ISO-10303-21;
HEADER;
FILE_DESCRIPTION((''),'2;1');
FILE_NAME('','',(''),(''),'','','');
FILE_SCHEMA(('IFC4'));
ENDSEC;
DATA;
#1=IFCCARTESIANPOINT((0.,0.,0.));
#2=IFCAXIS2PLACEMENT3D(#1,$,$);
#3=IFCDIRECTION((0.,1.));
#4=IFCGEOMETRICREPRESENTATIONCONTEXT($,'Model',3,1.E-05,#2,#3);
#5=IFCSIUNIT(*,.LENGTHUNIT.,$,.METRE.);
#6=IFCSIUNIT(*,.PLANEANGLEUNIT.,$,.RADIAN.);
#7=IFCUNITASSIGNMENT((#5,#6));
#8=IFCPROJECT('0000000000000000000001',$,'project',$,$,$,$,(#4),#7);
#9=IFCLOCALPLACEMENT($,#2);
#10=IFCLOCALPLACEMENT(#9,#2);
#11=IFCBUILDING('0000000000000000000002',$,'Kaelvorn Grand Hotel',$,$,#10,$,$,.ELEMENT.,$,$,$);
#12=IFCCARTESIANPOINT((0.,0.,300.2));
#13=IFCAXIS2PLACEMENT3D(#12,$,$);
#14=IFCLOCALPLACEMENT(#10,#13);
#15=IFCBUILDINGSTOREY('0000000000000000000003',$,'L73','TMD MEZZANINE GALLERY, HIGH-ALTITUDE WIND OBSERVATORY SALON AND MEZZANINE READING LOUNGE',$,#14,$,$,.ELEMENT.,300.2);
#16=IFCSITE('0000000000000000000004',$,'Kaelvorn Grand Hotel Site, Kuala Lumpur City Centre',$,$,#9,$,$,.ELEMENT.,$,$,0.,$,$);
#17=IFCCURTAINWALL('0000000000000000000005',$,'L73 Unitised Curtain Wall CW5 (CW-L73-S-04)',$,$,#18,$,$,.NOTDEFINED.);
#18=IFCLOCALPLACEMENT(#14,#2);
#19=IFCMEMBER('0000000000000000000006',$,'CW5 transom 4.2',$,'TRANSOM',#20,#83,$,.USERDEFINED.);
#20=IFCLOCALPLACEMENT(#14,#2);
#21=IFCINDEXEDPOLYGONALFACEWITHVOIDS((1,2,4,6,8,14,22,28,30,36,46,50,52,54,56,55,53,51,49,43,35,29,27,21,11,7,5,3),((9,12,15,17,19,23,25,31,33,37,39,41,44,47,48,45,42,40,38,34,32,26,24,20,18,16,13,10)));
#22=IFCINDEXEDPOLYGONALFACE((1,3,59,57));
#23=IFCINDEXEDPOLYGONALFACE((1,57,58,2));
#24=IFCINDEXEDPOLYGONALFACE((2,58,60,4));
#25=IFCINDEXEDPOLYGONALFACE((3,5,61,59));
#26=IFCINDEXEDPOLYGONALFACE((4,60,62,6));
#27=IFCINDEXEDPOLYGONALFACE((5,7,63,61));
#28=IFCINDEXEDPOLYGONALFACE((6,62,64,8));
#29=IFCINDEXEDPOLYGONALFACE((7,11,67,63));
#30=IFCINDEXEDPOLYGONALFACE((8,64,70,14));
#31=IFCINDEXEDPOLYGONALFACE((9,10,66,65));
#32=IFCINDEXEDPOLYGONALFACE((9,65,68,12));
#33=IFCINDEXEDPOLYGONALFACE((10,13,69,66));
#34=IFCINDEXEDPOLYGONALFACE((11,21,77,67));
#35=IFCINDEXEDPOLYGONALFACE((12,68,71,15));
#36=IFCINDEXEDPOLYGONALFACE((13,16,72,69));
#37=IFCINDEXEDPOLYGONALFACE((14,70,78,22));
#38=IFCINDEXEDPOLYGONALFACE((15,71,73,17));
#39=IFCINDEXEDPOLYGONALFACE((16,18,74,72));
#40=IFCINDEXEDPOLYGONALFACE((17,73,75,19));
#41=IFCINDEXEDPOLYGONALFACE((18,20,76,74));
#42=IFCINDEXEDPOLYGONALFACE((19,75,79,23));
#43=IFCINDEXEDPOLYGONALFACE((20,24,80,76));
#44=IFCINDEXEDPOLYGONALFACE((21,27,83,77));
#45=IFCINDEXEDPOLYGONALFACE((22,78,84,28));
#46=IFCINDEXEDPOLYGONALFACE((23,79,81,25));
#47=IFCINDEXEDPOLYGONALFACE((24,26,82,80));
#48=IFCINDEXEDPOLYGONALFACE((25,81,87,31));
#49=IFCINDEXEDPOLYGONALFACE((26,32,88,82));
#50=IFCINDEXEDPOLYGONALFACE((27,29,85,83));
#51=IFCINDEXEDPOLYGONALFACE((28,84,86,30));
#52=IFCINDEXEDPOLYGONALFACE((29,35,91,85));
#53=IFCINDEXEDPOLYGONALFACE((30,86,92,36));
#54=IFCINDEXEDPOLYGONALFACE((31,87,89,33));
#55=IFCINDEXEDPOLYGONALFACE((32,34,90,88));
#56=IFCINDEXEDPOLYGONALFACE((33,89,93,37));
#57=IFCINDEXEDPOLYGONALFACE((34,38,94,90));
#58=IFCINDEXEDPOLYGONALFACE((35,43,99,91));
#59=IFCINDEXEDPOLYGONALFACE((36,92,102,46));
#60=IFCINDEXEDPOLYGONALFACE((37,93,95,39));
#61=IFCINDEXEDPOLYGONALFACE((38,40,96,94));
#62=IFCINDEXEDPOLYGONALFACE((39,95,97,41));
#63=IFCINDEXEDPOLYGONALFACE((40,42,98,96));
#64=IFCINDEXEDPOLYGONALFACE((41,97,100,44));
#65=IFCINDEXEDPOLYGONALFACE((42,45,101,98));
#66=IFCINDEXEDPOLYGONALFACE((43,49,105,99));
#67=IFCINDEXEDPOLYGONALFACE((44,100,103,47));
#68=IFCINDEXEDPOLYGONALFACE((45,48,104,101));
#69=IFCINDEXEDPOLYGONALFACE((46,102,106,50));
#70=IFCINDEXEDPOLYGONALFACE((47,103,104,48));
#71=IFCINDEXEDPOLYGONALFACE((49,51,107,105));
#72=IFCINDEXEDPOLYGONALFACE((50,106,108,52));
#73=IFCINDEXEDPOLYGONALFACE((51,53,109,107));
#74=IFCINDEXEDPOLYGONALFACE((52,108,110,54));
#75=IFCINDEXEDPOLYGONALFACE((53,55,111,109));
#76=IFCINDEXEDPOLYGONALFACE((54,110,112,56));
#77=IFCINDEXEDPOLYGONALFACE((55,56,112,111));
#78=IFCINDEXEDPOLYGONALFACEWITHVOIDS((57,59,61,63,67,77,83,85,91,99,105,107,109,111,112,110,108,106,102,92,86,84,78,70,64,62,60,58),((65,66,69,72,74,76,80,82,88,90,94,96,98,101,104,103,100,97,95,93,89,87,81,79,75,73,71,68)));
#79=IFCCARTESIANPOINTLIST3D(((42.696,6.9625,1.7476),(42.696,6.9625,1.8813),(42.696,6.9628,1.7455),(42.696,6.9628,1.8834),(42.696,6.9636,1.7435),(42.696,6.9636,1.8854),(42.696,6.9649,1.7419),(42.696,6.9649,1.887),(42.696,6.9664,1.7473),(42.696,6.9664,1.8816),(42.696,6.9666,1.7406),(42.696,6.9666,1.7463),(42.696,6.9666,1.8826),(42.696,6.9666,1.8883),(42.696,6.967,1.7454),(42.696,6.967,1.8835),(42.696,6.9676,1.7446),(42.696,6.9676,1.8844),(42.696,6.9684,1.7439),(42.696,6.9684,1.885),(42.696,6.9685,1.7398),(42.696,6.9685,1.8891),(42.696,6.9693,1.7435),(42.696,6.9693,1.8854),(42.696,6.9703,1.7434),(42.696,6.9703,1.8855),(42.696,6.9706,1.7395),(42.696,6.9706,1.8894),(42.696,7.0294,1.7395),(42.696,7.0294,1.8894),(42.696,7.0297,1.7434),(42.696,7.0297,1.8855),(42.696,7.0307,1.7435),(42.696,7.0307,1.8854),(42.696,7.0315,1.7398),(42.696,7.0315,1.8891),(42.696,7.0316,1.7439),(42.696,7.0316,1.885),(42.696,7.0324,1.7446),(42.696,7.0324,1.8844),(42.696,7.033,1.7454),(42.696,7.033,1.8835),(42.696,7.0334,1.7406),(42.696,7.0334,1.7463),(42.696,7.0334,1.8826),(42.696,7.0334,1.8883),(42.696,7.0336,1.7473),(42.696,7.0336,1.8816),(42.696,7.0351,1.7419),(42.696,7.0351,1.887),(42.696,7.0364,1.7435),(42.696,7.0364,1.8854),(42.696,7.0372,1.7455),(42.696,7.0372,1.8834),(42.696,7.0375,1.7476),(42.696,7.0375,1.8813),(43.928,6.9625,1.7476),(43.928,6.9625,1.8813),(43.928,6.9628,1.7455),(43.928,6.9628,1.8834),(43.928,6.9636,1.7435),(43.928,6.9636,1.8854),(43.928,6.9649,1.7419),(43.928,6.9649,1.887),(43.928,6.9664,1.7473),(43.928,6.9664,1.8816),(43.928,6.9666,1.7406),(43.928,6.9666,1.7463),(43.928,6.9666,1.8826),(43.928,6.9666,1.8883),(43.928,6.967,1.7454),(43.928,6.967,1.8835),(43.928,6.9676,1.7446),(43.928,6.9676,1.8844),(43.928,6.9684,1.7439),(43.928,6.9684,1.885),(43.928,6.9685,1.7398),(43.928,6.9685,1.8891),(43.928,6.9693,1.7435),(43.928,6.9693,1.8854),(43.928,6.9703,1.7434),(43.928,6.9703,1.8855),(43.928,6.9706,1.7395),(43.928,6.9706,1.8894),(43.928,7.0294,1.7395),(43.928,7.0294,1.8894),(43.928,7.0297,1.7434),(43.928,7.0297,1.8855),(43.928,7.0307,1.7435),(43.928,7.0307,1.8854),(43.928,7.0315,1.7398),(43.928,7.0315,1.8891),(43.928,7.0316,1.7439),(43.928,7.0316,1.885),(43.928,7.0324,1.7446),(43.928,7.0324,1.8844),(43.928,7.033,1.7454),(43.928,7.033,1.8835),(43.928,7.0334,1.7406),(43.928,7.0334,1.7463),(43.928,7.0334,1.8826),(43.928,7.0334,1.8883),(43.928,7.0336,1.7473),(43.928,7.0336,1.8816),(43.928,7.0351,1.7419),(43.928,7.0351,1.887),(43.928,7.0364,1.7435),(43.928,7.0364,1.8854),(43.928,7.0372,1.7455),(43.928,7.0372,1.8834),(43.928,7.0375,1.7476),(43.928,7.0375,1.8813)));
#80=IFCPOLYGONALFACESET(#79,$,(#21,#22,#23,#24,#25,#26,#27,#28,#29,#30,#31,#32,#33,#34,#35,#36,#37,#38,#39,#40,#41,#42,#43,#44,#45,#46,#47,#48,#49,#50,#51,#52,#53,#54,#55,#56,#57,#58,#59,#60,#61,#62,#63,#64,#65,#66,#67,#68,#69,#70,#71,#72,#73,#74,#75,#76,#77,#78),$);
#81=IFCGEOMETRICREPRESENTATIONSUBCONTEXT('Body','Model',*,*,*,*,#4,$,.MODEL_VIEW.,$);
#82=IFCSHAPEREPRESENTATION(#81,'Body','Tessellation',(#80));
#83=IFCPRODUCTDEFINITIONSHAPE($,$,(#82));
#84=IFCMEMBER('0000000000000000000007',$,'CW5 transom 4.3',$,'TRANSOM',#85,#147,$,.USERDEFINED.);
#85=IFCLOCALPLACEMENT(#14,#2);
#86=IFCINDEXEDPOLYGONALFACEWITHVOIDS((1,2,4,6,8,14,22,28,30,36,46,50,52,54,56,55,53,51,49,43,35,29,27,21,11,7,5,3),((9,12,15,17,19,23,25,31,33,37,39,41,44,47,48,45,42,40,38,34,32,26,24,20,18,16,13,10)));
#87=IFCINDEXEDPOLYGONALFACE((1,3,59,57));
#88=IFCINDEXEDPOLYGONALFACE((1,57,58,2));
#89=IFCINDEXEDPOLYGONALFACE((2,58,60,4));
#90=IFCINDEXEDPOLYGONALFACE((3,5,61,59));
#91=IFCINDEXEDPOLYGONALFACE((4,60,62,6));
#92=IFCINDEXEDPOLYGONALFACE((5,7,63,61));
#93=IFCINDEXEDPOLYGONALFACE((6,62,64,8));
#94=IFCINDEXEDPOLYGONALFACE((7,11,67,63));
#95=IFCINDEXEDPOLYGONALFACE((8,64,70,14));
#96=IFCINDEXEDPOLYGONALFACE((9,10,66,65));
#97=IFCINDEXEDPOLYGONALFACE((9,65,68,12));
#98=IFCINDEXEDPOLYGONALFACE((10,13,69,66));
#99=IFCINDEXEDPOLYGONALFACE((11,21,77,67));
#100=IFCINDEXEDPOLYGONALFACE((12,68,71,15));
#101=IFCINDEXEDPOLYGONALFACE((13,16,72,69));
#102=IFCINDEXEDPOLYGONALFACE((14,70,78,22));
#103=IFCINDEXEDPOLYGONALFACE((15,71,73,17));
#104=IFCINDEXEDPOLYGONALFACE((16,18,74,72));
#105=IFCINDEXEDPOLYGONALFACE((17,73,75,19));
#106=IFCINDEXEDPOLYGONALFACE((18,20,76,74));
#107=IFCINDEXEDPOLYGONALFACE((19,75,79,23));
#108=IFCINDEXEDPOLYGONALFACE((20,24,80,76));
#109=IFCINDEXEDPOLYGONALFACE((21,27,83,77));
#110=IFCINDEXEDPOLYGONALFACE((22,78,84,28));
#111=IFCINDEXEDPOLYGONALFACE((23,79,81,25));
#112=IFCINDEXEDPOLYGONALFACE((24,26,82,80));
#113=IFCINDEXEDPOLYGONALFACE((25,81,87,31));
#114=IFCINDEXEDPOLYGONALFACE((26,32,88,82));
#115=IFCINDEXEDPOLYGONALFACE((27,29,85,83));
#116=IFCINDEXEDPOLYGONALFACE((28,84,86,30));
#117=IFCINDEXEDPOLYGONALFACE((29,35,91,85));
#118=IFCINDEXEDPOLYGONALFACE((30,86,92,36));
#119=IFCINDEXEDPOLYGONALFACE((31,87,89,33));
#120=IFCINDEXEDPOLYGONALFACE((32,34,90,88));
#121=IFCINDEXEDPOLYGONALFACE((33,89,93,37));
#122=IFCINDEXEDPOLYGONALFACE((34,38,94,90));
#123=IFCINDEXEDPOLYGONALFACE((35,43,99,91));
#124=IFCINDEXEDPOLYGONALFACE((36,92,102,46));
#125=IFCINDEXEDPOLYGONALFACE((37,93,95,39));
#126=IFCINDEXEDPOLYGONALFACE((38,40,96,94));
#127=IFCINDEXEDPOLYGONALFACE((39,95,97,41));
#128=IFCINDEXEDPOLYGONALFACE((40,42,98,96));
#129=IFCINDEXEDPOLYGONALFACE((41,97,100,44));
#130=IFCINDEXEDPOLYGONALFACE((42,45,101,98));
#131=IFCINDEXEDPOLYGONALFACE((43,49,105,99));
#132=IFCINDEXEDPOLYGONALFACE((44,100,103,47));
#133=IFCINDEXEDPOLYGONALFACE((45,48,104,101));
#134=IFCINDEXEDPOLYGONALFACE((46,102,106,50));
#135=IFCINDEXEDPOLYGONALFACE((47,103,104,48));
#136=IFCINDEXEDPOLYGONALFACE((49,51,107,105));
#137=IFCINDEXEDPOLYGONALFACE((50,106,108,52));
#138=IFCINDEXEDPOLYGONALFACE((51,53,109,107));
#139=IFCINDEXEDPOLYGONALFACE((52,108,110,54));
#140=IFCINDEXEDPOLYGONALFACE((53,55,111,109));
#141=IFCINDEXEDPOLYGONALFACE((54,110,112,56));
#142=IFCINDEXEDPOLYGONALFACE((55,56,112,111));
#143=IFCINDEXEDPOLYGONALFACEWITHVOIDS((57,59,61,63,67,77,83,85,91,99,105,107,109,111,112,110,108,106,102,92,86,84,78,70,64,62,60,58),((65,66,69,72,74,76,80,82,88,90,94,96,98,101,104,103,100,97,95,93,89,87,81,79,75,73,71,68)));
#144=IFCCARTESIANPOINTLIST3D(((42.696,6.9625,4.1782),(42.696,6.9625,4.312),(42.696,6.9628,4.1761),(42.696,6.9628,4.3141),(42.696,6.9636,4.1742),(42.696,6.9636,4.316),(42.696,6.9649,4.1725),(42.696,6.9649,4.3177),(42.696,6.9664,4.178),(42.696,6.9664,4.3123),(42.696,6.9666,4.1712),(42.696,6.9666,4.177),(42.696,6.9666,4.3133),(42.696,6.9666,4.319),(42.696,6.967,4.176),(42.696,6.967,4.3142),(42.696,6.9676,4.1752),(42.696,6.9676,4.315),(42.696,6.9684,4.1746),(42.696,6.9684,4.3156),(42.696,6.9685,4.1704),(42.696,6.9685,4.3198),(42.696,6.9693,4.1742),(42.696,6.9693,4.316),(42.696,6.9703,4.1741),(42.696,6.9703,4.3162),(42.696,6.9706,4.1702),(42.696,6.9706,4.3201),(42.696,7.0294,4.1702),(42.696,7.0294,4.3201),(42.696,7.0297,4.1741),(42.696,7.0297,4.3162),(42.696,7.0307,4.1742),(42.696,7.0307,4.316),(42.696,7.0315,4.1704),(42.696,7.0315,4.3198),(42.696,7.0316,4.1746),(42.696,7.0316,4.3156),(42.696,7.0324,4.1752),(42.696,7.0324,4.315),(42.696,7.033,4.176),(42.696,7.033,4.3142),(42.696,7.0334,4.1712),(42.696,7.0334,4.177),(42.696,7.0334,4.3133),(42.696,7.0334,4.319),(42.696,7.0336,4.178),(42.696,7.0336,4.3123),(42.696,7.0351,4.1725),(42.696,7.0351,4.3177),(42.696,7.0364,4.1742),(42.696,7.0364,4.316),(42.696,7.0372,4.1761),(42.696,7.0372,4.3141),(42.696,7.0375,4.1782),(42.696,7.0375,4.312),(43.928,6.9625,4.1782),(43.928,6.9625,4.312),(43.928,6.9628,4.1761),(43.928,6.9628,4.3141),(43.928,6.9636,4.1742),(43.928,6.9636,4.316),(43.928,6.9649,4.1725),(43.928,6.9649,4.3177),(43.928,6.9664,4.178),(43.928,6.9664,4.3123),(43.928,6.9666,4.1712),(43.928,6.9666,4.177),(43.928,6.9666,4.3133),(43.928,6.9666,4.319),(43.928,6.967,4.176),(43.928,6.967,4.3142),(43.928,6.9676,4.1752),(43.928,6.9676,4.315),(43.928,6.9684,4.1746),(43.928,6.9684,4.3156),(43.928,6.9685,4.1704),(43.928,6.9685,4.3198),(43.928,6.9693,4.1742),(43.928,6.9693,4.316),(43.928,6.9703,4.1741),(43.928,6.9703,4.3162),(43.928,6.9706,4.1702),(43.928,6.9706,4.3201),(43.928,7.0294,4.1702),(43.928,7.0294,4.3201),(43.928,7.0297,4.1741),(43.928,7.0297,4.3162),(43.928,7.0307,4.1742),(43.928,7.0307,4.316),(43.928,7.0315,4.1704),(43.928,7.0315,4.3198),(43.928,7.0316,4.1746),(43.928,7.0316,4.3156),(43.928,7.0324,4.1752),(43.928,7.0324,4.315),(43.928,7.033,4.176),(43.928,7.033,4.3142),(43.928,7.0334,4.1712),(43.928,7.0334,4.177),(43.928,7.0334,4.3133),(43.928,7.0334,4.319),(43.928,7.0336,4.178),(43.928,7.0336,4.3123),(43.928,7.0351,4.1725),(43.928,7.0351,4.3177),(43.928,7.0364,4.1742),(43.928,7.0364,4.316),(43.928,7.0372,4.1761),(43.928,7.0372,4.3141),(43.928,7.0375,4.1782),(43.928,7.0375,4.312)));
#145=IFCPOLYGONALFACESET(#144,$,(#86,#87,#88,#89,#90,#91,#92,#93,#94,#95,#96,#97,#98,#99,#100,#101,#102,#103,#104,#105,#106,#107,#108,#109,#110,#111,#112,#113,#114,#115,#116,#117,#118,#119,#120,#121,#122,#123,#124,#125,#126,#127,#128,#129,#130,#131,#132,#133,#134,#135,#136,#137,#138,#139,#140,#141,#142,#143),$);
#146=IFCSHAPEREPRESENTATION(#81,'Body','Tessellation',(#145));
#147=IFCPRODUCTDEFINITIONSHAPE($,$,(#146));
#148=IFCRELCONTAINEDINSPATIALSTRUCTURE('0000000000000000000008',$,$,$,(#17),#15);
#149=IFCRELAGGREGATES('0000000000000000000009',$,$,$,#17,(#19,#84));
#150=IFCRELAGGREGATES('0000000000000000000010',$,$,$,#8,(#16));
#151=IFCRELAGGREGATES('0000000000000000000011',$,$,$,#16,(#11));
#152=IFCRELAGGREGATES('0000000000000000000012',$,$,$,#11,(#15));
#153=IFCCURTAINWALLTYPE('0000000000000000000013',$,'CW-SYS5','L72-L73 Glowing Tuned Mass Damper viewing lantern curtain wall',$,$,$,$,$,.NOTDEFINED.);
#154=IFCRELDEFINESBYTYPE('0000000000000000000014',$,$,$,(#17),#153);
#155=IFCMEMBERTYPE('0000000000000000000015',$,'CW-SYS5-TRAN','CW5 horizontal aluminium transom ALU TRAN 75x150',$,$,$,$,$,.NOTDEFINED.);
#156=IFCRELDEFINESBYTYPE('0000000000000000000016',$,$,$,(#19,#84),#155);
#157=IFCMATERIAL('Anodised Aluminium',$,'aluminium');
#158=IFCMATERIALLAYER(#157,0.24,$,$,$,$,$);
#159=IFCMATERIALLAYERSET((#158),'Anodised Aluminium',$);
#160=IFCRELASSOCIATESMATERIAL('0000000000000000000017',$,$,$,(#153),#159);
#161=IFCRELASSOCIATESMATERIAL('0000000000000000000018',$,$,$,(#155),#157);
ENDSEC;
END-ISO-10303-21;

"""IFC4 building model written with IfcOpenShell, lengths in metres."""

from ifc_helpers import new_model, si_unit, direction, frame, origin, origin_2d, place, context, subcontext, project, spatial, hollow_rectangle, extrude, material, layer, layer_set, material_profile, profile_set, type_object, element, aggregate, save


model = new_model("IFC4")

# Units and contexts
model_context = context("Model", 3, precision=1e-05, world=origin(), true_north=direction((0.0, 1.0)))
body_context = subcontext(model_context, "Body", "Model", "MODEL_VIEW")
ifc_project = project(units=[si_unit("LENGTHUNIT", "METRE"), si_unit("PLANEANGLEUNIT", "RADIAN")], contexts=[model_context])

# Site, building, storey
site_placement = place(None, origin())
site = spatial("IfcSite", under=ifc_project, at=site_placement, Name="Kaelvorn Grand Hotel Site, Kuala Lumpur City Centre", CompositionType="ELEMENT", RefElevation=0.0)
building_placement = place(site_placement, origin())
building = spatial("IfcBuilding", under=site, at=building_placement, Name="Kaelvorn Grand Hotel", CompositionType="ELEMENT")
storey_placement = place(building_placement, frame((0.0, 0.0, 300.2)))
storey = spatial("IfcBuildingStorey", under=building, at=storey_placement, Name="L73", Description="TMD MEZZANINE GALLERY, HIGH-ALTITUDE WIND OBSERVATORY SALON AND MEZZANINE READING LOUNGE", CompositionType="ELEMENT", Elevation=300.2)

# Curtain wall, members
ifc_material_1 = material(Name="Anodised Aluminium", Category="aluminium")
ifc_layer_1 = layer(ifc_material_1, 0.24)
ifc_layer_set_1 = layer_set([ifc_layer_1], Name="Anodised Aluminium")
curtain_wall_type = type_object("IfcCurtainWallType", Name="CW-SYS5", Description="L72-L73 Glowing Tuned Mass Damper viewing lantern curtain wall", PredefinedType="NOTDEFINED", material=ifc_layer_set_1)
curtain_wall_placement = place(storey_placement, origin())
curtain_wall = element("IfcCurtainWall", 1, at=curtain_wall_placement, inside=storey, type_object=curtain_wall_type, Name="L73 Unitised Curtain Wall CW5 (CW-L73-S-04)", PredefinedType="NOTDEFINED")
ifc_material_profile_1 = material_profile(ifc_material_1, hollow_rectangle(XDim=0.075, YDim=0.1499, WallThickness=0.0039, InnerFilletRadius=0.0039, OuterFilletRadius=0.0081, at=origin_2d()), Name="ALU TRAN 75x150")
ifc_profile_set_1 = profile_set([ifc_material_profile_1], Name="Anodised Aluminium")
member_type_1 = type_object("IfcMemberType", Name="CW-SYS5-TRAN", Description="CW5 horizontal aluminium transom ALU TRAN 75x150", PredefinedType="NOTDEFINED", material=ifc_profile_set_1)
member_1_placement = place(storey_placement, frame((42.696, 7.0, 1.8145), z_axis=(1.0, 0.0, 0.0), x_axis=(0.0, 1.0, 0.0)))
member_1 = element("IfcMember", 2, at=member_1_placement, type_object=member_type_1, Name="CW5 transom 4.2", ObjectType="TRANSOM", PredefinedType="USERDEFINED", context=body_context, shape_type="SweptSolid", body=[
    extrude(hollow_rectangle(XDim=0.075, YDim=0.1499, WallThickness=0.0039, InnerFilletRadius=0.0039, OuterFilletRadius=0.0081, at=origin_2d()), origin(), (0.0, 0.0, 1.0), 1.2319),
])
member_2_placement = place(storey_placement, frame((42.696, 7.0, 4.2451), z_axis=(1.0, 0.0, 0.0), x_axis=(0.0, 1.0, 0.0)))
member_2 = element("IfcMember", 3, at=member_2_placement, type_object=member_type_1, Name="CW5 transom 4.3", ObjectType="TRANSOM", PredefinedType="USERDEFINED", context=body_context, shape_type="SweptSolid", body=[
    extrude(hollow_rectangle(XDim=0.075, YDim=0.1499, WallThickness=0.0039, InnerFilletRadius=0.0039, OuterFilletRadius=0.0081, at=origin_2d()), origin(), (0.0, 0.0, 1.0), 1.2319),
])
aggregate(curtain_wall, [member_1, member_2])

save(model, "model.ifc")
